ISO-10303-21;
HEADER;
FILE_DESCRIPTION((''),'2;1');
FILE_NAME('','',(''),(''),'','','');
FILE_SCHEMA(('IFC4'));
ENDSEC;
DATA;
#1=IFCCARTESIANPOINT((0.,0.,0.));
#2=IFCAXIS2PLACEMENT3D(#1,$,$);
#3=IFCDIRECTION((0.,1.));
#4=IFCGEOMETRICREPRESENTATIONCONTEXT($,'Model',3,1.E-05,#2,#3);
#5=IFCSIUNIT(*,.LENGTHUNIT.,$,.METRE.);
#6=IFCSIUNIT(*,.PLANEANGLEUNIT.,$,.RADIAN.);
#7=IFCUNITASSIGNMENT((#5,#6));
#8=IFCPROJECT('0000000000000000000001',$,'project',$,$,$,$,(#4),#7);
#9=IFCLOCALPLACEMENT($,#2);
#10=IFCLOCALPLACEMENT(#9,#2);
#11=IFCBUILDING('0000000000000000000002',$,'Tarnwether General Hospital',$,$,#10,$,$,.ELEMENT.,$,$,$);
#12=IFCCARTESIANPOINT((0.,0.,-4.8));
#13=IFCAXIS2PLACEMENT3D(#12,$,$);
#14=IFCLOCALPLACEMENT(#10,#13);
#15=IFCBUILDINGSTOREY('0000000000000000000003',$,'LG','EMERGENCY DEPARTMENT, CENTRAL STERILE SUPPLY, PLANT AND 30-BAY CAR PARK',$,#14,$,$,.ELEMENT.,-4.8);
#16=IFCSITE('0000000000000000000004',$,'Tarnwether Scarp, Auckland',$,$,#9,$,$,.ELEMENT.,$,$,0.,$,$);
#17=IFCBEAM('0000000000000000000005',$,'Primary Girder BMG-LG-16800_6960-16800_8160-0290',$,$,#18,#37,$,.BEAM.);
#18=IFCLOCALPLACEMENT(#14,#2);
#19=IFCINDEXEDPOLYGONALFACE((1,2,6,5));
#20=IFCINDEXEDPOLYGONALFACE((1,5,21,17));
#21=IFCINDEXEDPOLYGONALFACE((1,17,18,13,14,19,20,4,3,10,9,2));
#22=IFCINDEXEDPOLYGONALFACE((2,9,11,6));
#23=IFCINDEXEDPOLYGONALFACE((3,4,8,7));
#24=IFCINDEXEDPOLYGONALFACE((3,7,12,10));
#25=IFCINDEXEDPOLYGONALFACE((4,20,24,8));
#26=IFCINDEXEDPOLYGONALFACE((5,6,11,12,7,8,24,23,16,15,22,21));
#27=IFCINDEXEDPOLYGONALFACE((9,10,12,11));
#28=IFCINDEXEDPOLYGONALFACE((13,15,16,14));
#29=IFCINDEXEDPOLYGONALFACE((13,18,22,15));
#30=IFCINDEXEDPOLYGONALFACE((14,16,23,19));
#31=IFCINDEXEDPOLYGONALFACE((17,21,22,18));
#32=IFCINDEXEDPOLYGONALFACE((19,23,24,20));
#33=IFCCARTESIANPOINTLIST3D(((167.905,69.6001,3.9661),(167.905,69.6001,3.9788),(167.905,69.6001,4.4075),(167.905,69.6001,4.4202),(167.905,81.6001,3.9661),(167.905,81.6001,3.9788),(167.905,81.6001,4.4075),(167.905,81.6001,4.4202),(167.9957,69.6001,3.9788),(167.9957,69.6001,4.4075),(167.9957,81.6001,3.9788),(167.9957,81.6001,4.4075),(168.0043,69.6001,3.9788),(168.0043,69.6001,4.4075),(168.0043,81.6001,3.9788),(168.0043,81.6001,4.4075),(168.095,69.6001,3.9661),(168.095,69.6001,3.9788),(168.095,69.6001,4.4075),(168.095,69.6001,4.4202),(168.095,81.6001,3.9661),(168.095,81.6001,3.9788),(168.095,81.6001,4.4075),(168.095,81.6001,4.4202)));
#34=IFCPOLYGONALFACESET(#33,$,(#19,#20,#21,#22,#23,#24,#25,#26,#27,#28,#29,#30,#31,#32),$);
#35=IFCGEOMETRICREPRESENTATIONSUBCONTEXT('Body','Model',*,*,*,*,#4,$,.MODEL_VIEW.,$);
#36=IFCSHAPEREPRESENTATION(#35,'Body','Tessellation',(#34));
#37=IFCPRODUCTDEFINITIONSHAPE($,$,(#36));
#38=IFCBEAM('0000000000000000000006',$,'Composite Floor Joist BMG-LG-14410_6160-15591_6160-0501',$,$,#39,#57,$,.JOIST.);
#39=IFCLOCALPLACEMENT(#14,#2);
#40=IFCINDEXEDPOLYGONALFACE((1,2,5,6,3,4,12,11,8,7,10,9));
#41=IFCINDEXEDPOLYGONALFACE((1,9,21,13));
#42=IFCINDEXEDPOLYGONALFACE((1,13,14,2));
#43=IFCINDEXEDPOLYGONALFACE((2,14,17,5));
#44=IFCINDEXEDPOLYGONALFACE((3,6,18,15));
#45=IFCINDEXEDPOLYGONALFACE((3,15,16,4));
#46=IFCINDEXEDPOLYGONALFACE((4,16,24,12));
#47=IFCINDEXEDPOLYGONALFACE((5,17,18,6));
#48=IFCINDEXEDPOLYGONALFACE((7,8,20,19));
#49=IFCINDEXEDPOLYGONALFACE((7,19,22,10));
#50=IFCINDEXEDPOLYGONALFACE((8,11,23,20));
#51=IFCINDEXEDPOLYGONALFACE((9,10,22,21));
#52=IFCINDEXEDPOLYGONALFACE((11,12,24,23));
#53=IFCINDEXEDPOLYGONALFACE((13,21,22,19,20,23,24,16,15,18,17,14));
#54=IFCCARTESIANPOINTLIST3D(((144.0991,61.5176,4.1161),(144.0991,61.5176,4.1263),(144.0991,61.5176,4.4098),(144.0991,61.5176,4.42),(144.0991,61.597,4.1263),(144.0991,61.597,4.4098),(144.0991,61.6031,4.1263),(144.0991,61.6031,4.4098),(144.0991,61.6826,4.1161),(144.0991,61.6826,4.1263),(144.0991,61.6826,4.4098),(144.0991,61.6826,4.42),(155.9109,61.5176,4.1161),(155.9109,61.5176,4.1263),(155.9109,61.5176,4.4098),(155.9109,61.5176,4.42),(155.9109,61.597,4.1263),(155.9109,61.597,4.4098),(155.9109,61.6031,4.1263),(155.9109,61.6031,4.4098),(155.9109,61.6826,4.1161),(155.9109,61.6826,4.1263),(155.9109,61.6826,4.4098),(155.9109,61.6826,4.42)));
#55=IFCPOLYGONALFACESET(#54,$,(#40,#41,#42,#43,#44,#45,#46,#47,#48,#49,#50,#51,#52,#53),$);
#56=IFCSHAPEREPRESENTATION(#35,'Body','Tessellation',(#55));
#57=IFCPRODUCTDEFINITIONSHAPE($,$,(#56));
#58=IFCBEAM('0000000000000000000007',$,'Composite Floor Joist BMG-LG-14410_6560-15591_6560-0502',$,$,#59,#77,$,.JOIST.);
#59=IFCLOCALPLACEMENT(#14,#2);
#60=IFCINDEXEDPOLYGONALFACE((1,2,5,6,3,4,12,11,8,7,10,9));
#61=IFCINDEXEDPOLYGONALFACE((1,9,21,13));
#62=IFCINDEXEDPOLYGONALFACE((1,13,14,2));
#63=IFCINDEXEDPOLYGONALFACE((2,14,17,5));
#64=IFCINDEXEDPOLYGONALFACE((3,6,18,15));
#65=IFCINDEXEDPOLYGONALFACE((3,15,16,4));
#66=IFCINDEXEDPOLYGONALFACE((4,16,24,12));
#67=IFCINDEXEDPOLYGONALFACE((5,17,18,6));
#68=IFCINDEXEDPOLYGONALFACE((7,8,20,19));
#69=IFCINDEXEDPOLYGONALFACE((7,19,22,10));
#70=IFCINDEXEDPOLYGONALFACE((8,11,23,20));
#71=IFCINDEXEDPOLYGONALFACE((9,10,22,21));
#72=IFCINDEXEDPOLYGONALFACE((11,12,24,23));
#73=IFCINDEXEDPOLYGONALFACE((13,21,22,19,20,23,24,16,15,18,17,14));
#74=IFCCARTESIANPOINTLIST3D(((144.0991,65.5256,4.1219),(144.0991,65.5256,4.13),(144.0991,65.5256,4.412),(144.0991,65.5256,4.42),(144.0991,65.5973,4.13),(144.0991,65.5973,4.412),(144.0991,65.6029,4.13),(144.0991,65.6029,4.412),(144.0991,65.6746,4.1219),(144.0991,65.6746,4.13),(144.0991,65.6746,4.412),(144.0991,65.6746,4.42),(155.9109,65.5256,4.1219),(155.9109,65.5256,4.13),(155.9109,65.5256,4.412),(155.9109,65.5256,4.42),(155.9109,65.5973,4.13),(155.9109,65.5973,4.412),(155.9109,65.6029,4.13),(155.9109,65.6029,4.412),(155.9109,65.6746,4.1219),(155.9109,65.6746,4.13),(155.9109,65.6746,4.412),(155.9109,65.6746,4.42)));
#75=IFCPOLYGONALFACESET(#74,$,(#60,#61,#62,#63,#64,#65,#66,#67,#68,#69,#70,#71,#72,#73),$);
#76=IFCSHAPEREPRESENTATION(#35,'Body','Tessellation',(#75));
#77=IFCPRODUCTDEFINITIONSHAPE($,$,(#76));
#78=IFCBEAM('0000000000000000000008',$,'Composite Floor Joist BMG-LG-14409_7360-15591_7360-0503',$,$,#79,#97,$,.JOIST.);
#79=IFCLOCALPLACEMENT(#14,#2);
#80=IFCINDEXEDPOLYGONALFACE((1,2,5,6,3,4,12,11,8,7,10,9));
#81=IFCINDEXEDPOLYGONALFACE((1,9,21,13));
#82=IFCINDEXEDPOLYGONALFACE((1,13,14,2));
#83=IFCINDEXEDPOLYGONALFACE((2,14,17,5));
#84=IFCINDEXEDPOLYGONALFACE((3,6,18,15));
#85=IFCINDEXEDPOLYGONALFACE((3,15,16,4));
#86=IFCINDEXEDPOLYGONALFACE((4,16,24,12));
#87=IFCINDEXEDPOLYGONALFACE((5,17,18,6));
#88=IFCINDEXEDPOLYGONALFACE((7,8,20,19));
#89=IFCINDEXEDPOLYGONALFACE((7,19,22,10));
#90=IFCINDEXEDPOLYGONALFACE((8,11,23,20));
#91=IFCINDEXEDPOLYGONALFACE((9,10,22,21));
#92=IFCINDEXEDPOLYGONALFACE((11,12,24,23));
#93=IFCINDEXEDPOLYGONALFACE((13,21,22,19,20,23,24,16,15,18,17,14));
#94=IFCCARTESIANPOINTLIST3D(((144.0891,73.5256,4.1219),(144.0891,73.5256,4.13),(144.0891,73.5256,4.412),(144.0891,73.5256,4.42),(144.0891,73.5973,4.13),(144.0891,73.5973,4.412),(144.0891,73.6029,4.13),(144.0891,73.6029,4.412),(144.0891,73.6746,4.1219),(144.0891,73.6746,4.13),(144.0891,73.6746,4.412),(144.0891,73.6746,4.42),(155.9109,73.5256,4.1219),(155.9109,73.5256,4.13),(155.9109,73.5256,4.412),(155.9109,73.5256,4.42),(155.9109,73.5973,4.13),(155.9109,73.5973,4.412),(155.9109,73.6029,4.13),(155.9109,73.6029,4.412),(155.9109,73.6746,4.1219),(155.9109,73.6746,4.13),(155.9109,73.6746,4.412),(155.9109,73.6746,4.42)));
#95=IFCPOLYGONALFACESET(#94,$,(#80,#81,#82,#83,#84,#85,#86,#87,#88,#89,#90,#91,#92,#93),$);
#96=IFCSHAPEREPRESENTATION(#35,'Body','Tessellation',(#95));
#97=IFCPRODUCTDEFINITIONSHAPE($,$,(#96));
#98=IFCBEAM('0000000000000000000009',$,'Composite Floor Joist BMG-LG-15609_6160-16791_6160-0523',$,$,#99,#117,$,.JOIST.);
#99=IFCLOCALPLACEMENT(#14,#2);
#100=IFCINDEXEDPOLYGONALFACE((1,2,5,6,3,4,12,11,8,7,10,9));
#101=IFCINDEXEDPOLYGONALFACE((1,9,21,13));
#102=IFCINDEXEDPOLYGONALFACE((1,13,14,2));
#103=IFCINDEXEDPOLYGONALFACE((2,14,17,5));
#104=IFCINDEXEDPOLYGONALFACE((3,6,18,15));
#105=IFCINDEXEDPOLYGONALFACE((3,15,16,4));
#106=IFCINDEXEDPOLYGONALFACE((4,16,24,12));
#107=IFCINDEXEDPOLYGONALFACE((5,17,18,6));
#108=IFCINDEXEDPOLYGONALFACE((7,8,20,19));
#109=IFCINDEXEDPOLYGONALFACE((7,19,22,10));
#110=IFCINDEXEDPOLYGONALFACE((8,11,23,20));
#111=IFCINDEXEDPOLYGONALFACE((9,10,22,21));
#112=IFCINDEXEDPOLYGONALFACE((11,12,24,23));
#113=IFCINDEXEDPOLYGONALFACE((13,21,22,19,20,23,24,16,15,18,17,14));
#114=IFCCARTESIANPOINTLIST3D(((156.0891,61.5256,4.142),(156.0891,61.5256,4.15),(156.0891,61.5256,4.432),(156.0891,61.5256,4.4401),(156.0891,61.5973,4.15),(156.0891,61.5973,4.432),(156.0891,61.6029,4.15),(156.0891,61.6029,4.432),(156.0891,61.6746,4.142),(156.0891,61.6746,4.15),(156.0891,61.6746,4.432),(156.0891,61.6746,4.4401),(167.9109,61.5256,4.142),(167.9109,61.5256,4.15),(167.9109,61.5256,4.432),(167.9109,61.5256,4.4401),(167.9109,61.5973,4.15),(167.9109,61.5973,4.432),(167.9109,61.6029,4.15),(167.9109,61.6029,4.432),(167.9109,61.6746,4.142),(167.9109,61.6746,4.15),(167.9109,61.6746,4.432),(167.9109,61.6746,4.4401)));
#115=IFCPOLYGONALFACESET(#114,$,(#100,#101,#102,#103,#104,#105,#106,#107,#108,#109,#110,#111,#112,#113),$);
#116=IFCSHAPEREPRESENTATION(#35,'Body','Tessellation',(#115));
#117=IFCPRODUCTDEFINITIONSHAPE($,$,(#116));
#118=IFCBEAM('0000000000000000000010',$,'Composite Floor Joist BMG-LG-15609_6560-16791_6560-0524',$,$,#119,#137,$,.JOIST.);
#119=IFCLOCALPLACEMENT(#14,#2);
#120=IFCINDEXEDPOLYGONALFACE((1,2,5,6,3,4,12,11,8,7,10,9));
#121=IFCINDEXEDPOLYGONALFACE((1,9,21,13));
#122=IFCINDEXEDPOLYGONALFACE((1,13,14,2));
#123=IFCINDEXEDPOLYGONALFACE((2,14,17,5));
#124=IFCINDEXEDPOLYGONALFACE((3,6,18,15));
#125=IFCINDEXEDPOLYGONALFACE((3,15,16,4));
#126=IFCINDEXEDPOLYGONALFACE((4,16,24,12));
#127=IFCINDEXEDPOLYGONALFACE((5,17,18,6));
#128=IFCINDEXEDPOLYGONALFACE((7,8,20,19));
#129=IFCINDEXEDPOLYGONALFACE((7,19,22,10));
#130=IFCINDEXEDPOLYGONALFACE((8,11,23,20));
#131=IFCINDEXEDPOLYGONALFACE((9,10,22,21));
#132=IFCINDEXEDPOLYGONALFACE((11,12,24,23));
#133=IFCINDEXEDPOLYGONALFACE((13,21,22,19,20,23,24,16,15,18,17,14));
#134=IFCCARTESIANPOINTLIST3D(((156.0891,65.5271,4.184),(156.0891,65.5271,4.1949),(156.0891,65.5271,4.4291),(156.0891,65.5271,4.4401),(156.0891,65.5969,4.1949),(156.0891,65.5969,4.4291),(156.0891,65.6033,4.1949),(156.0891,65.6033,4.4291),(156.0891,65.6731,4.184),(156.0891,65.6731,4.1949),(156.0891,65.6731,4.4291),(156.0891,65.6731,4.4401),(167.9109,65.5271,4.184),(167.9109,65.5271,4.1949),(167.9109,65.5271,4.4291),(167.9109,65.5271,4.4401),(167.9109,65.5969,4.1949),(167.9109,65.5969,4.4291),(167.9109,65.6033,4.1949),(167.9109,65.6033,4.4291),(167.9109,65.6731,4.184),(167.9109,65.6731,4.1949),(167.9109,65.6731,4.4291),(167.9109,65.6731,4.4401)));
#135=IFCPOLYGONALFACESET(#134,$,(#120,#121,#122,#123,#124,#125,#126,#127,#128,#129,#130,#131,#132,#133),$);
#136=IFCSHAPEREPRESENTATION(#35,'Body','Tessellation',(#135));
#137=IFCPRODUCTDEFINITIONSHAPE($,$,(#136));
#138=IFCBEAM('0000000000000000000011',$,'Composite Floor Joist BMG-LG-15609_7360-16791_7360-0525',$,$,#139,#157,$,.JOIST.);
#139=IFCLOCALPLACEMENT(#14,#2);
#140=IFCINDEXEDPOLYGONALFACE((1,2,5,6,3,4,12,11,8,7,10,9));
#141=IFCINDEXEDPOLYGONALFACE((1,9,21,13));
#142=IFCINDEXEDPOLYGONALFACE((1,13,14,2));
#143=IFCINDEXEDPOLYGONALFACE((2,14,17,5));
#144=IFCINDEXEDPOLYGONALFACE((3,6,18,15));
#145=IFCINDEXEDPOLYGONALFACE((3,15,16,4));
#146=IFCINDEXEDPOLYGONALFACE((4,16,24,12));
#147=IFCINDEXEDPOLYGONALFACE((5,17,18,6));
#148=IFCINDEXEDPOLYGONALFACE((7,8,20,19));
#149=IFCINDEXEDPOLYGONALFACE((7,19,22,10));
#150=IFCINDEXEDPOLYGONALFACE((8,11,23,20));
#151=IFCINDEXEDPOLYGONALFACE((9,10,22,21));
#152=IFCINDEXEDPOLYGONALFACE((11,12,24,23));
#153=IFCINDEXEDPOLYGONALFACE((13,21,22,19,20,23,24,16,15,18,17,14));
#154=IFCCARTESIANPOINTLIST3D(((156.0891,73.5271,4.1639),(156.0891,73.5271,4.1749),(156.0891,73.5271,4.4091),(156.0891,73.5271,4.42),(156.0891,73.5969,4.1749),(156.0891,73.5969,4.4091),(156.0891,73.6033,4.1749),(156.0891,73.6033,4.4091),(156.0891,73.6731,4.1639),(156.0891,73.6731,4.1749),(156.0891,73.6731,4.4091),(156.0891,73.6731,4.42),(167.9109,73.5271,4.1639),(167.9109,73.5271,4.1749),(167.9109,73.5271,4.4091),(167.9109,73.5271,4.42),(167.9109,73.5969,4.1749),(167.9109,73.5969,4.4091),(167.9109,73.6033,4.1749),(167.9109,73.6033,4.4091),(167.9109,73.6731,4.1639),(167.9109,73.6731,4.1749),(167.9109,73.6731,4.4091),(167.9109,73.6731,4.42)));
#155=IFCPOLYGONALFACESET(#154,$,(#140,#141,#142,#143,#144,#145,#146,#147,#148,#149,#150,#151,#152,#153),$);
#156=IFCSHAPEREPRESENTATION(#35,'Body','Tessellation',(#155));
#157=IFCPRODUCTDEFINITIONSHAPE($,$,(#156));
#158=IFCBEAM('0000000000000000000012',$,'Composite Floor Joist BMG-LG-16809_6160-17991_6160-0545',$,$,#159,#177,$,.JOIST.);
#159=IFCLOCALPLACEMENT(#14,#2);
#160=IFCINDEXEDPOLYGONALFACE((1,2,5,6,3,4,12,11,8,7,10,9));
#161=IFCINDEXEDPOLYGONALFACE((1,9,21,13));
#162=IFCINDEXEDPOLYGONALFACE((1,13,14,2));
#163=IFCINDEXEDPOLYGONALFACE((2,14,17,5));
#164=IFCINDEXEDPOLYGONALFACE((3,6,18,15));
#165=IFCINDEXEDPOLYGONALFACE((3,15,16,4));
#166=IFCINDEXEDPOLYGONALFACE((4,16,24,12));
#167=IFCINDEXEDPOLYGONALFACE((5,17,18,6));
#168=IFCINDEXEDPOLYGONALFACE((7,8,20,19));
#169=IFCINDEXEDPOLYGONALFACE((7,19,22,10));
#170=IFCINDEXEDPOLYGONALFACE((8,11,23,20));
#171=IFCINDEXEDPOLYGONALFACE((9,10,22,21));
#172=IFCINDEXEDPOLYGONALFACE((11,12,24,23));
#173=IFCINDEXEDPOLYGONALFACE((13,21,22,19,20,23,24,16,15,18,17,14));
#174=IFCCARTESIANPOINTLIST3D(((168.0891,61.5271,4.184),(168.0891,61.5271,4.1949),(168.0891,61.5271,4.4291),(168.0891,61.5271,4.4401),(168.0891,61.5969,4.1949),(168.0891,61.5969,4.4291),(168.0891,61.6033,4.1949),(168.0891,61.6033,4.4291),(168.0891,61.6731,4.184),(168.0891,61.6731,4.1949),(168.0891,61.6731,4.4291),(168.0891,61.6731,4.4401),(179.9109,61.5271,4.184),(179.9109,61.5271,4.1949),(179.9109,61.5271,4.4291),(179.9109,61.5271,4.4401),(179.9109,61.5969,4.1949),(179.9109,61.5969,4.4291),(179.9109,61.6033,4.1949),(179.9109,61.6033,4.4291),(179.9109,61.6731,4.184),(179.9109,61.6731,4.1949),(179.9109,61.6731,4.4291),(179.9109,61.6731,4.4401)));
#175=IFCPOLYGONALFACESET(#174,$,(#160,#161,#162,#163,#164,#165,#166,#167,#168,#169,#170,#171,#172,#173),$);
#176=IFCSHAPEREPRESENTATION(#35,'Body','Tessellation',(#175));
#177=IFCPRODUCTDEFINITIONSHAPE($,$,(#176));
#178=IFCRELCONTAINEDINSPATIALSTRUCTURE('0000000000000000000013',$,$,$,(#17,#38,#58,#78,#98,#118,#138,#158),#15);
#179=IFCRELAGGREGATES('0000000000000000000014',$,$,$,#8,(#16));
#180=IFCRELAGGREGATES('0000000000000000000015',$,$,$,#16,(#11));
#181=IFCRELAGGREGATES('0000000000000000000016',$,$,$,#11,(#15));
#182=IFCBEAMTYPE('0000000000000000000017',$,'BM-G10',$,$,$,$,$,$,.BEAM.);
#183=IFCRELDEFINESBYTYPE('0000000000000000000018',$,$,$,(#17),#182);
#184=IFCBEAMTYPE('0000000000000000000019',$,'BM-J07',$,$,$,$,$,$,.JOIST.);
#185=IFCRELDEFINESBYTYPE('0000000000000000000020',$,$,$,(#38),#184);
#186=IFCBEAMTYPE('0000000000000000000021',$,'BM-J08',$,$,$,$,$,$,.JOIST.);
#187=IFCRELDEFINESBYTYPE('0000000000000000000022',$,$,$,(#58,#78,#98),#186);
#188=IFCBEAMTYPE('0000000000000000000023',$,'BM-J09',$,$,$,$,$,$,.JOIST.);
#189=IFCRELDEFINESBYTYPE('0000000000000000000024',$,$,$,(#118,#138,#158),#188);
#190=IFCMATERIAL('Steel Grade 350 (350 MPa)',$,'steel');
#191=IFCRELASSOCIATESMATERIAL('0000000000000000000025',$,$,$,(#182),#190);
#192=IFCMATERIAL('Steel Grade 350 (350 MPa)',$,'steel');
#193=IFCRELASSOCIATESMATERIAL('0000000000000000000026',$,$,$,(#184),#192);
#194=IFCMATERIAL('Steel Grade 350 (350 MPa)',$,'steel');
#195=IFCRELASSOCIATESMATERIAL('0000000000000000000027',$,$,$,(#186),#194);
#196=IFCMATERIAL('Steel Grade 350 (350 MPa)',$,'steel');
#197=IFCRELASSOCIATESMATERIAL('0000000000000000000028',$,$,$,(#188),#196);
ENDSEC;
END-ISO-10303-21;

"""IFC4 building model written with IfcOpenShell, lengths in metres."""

from ifc_helpers import new_model, si_unit, direction, frame, origin, origin_2d, place, context, subcontext, project, spatial, i_section, extrude, material, material_profile, profile_set, type_object, element, save


model = new_model("IFC4")

# Units and contexts
model_context = context("Model", 3, precision=1e-05, world=origin(), true_north=direction((0.0, 1.0)))
body_context = subcontext(model_context, "Body", "Model", "MODEL_VIEW")
ifc_project = project(units=[si_unit("LENGTHUNIT", "METRE"), si_unit("PLANEANGLEUNIT", "RADIAN")], contexts=[model_context])

# Site, building, storey
site_placement = place(None, origin())
site = spatial("IfcSite", under=ifc_project, at=site_placement, Name="Tarnwether Scarp, Auckland", CompositionType="ELEMENT", RefElevation=0.0)
building_placement = place(site_placement, origin())
building = spatial("IfcBuilding", under=site, at=building_placement, Name="Tarnwether General Hospital", CompositionType="ELEMENT")
storey_placement = place(building_placement, frame((0.0, 0.0, -4.8)))
storey = spatial("IfcBuildingStorey", under=building, at=storey_placement, Name="LG", Description="EMERGENCY DEPARTMENT, CENTRAL STERILE SUPPLY, PLANT AND 30-BAY CAR PARK", CompositionType="ELEMENT", Elevation=-4.8)

# Beams
ifc_material_1 = material(Name="Steel Grade 350 (350 MPa)", Category="steel")
ifc_material_profile_1 = material_profile(ifc_material_1, i_section(OverallWidth=0.1899, OverallDepth=0.4541, WebThickness=0.0085, FlangeThickness=0.0127, at=origin_2d()), Name="460UB67.1")
ifc_profile_set_1 = profile_set([ifc_material_profile_1], Name="Steel Grade 350 (350 MPa)")
beam_type_1 = type_object("IfcBeamType", Name="BM-G10", PredefinedType="BEAM", material=ifc_profile_set_1)
beam_1_placement = place(storey_placement, frame((168.0, 69.6001, 4.1931), z_axis=(0.0, 1.0, 0.0), x_axis=(-1.0, 0.0, 0.0)))
element("IfcBeam", 1, at=beam_1_placement, inside=storey, type_object=beam_type_1, Name="Primary Girder BMG-LG-16800_6960-16800_8160-0290", PredefinedType="BEAM", context=body_context, shape_type="SweptSolid", body=[
    extrude(i_section(OverallWidth=0.1899, OverallDepth=0.4541, WebThickness=0.0085, FlangeThickness=0.0127, at=origin_2d()), origin(), (0.0, 0.0, 1.0), 12.0),
])
ifc_material_2 = material(Name="Steel Grade 350 (350 MPa)", Category="steel")
ifc_material_profile_2 = material_profile(ifc_material_2, i_section(OverallWidth=0.165, OverallDepth=0.304, WebThickness=0.0061, FlangeThickness=0.0103, at=origin_2d()), Name="310UB40.4")
ifc_profile_set_2 = profile_set([ifc_material_profile_2], Name="Steel Grade 350 (350 MPa)")
beam_type_2 = type_object("IfcBeamType", Name="BM-J07", PredefinedType="JOIST", material=ifc_profile_set_2)
beam_2_placement = place(storey_placement, frame((144.0991, 61.6001, 4.2681), z_axis=(1.0, 0.0, 0.0), x_axis=(0.0, 1.0, 0.0)))
element("IfcBeam", 2, at=beam_2_placement, inside=storey, type_object=beam_type_2, Name="Composite Floor Joist BMG-LG-14410_6160-15591_6160-0501", PredefinedType="JOIST", context=body_context, shape_type="SweptSolid", body=[
    extrude(i_section(OverallWidth=0.165, OverallDepth=0.304, WebThickness=0.0061, FlangeThickness=0.0103, at=origin_2d()), origin(), (0.0, 0.0, 1.0), 11.8118),
])
ifc_material_3 = material(Name="Steel Grade 350 (350 MPa)", Category="steel")
ifc_material_profile_3 = material_profile(ifc_material_3, i_section(OverallWidth=0.1489, OverallDepth=0.2981, WebThickness=0.0056, FlangeThickness=0.0081, at=origin_2d()), Name="310UB32.0")
ifc_profile_set_3 = profile_set([ifc_material_profile_3], Name="Steel Grade 350 (350 MPa)")
beam_type_3 = type_object("IfcBeamType", Name="BM-J08", PredefinedType="JOIST", material=ifc_profile_set_3)
beam_3_placement = place(storey_placement, frame((144.0991, 65.6001, 4.271), z_axis=(1.0, 0.0, 0.0), x_axis=(0.0, 1.0, 0.0)))
element("IfcBeam", 3, at=beam_3_placement, inside=storey, type_object=beam_type_3, Name="Composite Floor Joist BMG-LG-14410_6560-15591_6560-0502", PredefinedType="JOIST", context=body_context, shape_type="SweptSolid", body=[
    extrude(i_section(OverallWidth=0.1489, OverallDepth=0.2981, WebThickness=0.0056, FlangeThickness=0.0081, at=origin_2d()), origin(), (0.0, 0.0, 1.0), 11.8118),
])
for number, where, z_axis, x_axis, name in (
    (4, (144.0891, 73.6001, 4.271), (1.0, 0.0, 0.0), (0.0, 1.0, 0.0), "Composite Floor Joist BMG-LG-14409_7360-15591_7360-0503"),
    (5, (156.0891, 61.6001, 4.291), (1.0, 0.0, 0.0), (0.0, 1.0, 0.0), "Composite Floor Joist BMG-LG-15609_6160-16791_6160-0523"),
):
    element("IfcBeam", number, at=place(storey_placement, frame(where, z_axis=z_axis, x_axis=x_axis)), inside=storey, type_object=beam_type_3, Name=name, PredefinedType="JOIST", context=body_context, shape_type="SweptSolid", body=[
        extrude(i_section(OverallWidth=0.1489, OverallDepth=0.2981, WebThickness=0.0056, FlangeThickness=0.0081, at=origin_2d()), origin(), (0.0, 0.0, 1.0), 11.8218),
    ])
ifc_material_4 = material(Name="Steel Grade 350 (350 MPa)", Category="steel")
ifc_material_profile_4 = material_profile(ifc_material_4, i_section(OverallWidth=0.146, OverallDepth=0.2561, WebThickness=0.0063, FlangeThickness=0.011, at=origin_2d()), Name="250UB37.3")
ifc_profile_set_4 = profile_set([ifc_material_profile_4], Name="Steel Grade 350 (350 MPa)")
beam_type_4 = type_object("IfcBeamType", Name="BM-J09", PredefinedType="JOIST", material=ifc_profile_set_4)
for number, where, z_axis, x_axis, name in (
    (6, (156.0891, 65.6001, 4.312), (1.0, 0.0, 0.0), (0.0, 1.0, 0.0), "Composite Floor Joist BMG-LG-15609_6560-16791_6560-0524"),
    (7, (156.0891, 73.6001, 4.292), (1.0, 0.0, 0.0), (0.0, 1.0, 0.0), "Composite Floor Joist BMG-LG-15609_7360-16791_7360-0525"),
    (8, (168.0891, 61.6001, 4.312), (1.0, 0.0, 0.0), (0.0, 1.0, 0.0), "Composite Floor Joist BMG-LG-16809_6160-17991_6160-0545"),
):
    element("IfcBeam", number, at=place(storey_placement, frame(where, z_axis=z_axis, x_axis=x_axis)), inside=storey, type_object=beam_type_4, Name=name, PredefinedType="JOIST", context=body_context, shape_type="SweptSolid", body=[
        extrude(i_section(OverallWidth=0.146, OverallDepth=0.2561, WebThickness=0.0063, FlangeThickness=0.011, at=origin_2d()), origin(), (0.0, 0.0, 1.0), 11.8218),
    ])

save(model, "model.ifc")
